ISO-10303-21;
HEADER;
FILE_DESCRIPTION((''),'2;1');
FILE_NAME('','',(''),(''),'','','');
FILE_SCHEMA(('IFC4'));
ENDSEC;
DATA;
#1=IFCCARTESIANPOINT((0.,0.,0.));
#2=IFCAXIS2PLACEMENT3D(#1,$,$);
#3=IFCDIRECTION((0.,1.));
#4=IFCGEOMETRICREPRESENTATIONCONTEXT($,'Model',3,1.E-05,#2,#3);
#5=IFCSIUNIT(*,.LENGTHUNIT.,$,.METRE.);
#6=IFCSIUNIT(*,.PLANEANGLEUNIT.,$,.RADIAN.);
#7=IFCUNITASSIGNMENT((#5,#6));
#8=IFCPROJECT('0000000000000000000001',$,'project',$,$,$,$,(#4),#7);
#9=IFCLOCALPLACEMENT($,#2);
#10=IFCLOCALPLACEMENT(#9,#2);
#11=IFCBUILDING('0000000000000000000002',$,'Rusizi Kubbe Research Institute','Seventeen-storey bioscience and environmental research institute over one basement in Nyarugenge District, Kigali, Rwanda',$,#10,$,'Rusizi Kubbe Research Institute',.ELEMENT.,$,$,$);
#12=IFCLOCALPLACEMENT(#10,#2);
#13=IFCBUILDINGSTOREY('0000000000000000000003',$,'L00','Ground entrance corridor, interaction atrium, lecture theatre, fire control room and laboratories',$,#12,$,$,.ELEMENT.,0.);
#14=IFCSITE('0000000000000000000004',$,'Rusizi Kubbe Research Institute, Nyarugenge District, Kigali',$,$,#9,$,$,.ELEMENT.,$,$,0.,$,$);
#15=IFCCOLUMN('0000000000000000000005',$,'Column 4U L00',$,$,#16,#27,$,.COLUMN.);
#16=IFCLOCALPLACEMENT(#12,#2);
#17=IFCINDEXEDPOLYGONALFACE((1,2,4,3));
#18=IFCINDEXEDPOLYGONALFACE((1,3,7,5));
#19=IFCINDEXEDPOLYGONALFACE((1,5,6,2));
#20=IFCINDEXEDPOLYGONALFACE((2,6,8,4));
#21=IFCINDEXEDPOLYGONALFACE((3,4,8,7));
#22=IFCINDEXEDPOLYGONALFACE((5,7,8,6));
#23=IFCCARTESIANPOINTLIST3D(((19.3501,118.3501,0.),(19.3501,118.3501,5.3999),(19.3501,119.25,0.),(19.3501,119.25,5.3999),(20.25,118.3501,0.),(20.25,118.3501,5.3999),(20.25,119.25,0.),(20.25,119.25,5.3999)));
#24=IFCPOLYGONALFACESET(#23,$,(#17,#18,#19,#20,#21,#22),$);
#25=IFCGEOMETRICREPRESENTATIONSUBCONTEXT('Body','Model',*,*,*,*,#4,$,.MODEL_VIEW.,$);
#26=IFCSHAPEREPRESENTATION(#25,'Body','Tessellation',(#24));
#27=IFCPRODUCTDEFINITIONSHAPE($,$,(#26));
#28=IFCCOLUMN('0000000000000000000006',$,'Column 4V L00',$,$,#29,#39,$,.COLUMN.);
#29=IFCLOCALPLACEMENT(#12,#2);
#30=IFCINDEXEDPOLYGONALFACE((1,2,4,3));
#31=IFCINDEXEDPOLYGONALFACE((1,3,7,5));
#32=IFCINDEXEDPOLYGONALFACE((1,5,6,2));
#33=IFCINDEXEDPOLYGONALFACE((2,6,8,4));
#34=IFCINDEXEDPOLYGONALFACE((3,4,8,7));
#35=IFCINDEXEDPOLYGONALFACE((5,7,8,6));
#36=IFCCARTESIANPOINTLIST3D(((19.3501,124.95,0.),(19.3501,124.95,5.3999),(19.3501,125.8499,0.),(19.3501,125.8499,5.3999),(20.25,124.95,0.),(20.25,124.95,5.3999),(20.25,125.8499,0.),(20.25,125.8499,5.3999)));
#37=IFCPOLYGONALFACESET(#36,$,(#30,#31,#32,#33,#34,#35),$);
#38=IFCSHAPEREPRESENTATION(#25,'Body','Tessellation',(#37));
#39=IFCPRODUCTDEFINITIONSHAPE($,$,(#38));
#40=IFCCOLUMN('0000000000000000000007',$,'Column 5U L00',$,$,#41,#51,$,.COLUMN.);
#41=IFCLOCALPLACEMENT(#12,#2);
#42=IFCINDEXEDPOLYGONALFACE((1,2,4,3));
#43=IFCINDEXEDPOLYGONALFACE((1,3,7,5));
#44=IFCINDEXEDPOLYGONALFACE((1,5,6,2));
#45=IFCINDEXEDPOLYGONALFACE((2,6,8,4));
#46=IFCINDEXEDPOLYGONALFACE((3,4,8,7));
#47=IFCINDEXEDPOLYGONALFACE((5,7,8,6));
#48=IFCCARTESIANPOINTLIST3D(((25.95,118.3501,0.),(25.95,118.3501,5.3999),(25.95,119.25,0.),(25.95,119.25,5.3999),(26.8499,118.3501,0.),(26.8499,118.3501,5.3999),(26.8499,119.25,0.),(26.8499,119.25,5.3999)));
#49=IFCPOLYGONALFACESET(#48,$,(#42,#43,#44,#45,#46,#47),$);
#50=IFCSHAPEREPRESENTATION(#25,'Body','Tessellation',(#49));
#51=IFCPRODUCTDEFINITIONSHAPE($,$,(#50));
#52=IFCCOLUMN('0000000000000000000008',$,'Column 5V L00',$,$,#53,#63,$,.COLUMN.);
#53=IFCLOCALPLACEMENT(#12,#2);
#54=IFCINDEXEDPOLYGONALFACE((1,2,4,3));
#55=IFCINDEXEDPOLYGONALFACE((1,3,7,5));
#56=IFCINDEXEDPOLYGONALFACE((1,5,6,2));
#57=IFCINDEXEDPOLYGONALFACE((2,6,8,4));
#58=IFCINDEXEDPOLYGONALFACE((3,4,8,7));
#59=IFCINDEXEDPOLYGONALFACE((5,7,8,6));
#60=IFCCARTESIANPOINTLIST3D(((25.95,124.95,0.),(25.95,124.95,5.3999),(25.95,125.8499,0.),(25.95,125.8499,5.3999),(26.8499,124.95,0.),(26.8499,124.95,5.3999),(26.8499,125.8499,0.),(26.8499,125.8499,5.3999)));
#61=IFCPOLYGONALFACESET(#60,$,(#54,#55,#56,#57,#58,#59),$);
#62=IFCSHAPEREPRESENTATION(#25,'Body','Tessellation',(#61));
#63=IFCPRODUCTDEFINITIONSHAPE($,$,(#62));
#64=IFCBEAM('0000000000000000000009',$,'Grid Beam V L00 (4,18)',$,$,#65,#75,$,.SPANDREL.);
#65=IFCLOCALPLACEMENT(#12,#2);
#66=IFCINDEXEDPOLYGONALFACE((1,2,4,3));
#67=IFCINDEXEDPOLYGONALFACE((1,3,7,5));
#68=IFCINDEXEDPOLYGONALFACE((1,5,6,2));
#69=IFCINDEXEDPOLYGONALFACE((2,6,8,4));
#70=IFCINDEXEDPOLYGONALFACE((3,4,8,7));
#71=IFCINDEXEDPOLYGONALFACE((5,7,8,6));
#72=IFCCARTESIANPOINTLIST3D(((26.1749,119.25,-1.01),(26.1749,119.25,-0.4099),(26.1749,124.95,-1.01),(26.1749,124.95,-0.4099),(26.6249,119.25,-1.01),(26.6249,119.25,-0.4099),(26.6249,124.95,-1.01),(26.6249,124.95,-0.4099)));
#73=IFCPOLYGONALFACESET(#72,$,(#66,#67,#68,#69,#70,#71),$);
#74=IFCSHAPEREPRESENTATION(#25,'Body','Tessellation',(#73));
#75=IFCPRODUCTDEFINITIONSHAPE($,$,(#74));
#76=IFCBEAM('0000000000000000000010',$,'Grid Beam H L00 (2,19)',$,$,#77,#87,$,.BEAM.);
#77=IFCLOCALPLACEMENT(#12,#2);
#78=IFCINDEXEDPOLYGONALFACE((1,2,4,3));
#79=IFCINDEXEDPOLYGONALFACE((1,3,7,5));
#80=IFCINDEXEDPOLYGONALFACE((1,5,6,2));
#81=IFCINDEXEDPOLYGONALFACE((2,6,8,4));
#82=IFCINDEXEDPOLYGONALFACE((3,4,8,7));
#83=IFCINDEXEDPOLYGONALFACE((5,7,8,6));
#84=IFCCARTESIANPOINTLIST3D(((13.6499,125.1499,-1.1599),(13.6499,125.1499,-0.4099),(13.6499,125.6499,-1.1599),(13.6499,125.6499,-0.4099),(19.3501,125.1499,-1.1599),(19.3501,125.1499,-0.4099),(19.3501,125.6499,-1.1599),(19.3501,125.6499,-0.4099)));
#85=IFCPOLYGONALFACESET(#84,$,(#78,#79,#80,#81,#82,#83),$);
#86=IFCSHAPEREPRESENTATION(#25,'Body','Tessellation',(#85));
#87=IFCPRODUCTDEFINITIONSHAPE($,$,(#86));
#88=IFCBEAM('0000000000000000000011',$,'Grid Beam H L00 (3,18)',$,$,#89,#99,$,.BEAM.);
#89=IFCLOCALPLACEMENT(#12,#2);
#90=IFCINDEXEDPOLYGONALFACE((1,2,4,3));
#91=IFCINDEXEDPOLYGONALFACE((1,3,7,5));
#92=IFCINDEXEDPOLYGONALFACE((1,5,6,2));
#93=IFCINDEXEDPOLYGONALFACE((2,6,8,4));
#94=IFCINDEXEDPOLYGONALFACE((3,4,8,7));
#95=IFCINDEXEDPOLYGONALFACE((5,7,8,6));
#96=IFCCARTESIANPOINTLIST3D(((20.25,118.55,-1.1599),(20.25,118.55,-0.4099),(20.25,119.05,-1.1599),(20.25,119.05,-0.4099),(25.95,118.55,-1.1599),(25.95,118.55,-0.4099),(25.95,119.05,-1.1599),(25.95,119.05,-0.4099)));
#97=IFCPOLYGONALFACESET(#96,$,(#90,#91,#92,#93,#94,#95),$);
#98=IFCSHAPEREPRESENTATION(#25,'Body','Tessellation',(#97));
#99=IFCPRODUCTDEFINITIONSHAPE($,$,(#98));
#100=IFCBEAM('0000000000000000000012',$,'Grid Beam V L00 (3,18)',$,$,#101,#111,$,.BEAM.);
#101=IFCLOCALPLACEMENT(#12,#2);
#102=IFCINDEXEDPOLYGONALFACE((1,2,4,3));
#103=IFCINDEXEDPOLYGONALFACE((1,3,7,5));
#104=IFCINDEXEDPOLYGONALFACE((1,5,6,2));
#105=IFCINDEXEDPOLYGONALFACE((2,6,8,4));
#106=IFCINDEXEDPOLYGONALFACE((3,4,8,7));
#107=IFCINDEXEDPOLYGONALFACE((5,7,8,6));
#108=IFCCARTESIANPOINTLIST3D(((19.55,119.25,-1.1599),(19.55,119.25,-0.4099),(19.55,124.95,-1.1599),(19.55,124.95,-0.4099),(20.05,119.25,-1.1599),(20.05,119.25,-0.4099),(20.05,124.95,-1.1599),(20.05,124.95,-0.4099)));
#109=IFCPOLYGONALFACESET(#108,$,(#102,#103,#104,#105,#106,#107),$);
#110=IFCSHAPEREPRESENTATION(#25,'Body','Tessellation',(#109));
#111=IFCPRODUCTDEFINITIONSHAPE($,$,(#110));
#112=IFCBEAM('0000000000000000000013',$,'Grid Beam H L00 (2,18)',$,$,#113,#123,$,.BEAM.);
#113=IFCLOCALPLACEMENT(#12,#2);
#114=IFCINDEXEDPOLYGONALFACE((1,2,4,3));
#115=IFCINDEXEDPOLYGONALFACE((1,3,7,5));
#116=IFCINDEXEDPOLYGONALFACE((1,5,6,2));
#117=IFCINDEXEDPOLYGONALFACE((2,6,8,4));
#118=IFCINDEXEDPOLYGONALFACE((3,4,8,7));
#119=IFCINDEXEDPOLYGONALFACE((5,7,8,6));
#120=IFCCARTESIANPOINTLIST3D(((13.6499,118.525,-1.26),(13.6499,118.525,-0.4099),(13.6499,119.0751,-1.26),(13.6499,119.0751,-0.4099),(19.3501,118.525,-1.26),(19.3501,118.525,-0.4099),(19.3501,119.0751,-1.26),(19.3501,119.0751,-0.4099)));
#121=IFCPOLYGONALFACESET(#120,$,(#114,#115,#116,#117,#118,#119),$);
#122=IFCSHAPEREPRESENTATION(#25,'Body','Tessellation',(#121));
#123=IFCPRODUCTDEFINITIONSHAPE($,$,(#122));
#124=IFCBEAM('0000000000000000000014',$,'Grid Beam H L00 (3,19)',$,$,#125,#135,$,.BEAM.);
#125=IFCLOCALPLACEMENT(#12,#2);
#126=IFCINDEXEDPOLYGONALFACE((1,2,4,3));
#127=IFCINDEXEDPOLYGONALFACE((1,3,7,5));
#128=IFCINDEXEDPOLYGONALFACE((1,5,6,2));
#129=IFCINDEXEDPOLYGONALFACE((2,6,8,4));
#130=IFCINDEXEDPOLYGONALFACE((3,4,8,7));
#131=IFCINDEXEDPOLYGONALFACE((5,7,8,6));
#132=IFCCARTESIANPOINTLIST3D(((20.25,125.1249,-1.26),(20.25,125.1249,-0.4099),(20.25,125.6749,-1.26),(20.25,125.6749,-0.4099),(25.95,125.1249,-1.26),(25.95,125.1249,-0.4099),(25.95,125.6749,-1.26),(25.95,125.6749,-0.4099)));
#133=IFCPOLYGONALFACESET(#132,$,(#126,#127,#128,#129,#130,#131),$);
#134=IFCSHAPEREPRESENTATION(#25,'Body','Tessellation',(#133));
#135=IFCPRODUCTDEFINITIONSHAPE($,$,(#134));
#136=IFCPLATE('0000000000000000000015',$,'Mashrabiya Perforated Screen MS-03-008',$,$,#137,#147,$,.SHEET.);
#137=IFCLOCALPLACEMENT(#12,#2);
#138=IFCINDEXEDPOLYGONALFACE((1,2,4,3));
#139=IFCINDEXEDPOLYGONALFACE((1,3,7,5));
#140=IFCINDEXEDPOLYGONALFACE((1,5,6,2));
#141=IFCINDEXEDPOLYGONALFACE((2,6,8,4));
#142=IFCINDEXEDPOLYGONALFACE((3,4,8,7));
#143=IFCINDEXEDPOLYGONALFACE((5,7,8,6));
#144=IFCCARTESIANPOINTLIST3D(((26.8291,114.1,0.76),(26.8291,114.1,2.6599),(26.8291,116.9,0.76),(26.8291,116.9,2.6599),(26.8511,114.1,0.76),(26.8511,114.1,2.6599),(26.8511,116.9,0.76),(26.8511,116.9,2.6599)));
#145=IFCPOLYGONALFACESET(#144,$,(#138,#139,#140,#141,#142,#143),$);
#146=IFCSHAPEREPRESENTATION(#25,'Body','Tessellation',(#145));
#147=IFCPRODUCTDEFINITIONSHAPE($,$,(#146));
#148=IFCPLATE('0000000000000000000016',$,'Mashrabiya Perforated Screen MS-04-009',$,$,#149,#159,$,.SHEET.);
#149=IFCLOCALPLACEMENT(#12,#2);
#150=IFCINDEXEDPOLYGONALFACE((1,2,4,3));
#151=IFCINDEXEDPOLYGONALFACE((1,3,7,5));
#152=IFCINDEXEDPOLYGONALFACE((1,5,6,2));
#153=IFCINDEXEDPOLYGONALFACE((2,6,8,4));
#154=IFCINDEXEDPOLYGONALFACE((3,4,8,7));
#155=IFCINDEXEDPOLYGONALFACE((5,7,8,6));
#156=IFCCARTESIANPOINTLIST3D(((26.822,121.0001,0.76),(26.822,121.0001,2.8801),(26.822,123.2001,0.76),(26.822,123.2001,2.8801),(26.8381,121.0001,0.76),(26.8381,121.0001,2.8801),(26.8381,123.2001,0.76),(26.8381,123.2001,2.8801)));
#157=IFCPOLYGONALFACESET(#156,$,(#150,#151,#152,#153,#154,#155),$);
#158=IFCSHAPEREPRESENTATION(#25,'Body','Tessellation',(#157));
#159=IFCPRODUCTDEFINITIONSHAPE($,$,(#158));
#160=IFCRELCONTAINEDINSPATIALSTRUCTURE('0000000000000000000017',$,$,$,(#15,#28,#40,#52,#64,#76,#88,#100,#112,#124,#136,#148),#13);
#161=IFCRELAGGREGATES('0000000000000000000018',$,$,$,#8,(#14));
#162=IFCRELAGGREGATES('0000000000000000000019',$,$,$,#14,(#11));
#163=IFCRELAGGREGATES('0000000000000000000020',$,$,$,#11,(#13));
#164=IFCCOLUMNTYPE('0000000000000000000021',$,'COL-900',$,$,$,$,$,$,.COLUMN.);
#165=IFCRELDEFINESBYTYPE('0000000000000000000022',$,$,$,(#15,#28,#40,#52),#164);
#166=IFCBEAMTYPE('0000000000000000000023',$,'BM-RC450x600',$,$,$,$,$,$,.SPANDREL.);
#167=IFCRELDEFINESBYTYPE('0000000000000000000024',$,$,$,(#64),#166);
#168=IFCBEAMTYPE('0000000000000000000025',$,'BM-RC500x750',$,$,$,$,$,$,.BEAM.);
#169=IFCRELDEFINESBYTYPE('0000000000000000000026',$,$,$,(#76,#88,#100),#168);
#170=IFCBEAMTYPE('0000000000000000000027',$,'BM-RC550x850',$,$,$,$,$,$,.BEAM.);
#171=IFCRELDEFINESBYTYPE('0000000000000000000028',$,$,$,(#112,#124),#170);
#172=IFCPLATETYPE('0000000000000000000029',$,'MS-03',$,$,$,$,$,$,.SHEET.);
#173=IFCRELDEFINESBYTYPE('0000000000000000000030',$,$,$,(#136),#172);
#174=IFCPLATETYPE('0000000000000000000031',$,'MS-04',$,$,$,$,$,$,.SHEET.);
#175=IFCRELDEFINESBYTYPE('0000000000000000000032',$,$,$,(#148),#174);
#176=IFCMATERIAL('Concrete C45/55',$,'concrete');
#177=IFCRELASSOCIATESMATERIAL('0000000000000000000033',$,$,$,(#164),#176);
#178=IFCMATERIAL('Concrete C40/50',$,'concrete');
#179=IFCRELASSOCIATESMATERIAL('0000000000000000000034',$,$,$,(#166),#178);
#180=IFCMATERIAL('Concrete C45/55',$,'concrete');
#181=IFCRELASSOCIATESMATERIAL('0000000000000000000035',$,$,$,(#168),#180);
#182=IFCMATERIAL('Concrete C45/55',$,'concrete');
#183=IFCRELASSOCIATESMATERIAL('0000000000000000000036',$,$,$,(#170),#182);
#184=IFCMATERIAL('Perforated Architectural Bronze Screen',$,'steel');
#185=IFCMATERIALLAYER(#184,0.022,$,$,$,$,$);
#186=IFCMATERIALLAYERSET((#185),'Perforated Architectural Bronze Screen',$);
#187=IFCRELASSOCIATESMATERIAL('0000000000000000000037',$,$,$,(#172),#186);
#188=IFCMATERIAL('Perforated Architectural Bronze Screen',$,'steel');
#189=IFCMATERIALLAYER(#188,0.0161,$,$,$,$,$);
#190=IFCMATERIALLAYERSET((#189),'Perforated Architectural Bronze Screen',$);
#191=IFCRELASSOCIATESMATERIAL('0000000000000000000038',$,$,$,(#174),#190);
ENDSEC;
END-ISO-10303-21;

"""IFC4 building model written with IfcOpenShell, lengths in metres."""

from ifc_helpers import new_model, si_unit, direction, frame, origin, origin_2d, place, context, subcontext, project, spatial, rectangle, extrude, material, layer, layer_set, material_profile, profile_set, type_object, element, save


model = new_model("IFC4")

# Units and contexts
model_context = context("Model", 3, precision=1e-05, world=origin(), true_north=direction((0.0, 1.0)))
body_context = subcontext(model_context, "Body", "Model", "MODEL_VIEW")
ifc_project = project(units=[si_unit("LENGTHUNIT", "METRE"), si_unit("PLANEANGLEUNIT", "RADIAN")], contexts=[model_context])

# Site, building, storey
site_placement = place(None, origin())
site = spatial("IfcSite", under=ifc_project, at=site_placement, Name="Rusizi Kubbe Research Institute, Nyarugenge District, Kigali", CompositionType="ELEMENT", RefElevation=0.0)
building_placement = place(site_placement, origin())
building = spatial("IfcBuilding", under=site, at=building_placement, Name="Rusizi Kubbe Research Institute", Description="Seventeen-storey bioscience and environmental research institute over one basement in Nyarugenge District, Kigali, Rwanda", LongName="Rusizi Kubbe Research Institute", CompositionType="ELEMENT")
storey_placement = place(building_placement, origin())
storey = spatial("IfcBuildingStorey", under=building, at=storey_placement, Name="L00", Description="Ground entrance corridor, interaction atrium, lecture theatre, fire control room and laboratories", CompositionType="ELEMENT", Elevation=0.0)

# Columns
ifc_material_1 = material(Name="Concrete C45/55", Category="concrete")
ifc_material_profile_1 = material_profile(ifc_material_1, rectangle(XDim=0.8999, YDim=0.8999, at=origin_2d()), Name="RC900x900")
ifc_profile_set_1 = profile_set([ifc_material_profile_1], Name="Concrete C45/55")
column_type = type_object("IfcColumnType", Name="COL-900", PredefinedType="COLUMN", material=ifc_profile_set_1)
for number, where, z_axis, x_axis, name in (
    (1, (19.8, 118.8, 0.0), (0.0, 0.0, 1.0), (1.0, 0.0, 0.0), "Column 4U L00"),
    (2, (19.8, 125.3999, 0.0), (0.0, 0.0, 1.0), (1.0, 0.0, 0.0), "Column 4V L00"),
    (3, (26.3999, 118.8, 0.0), (0.0, 0.0, 1.0), (1.0, 0.0, 0.0), "Column 5U L00"),
    (4, (26.3999, 125.3999, 0.0), (0.0, 0.0, 1.0), (1.0, 0.0, 0.0), "Column 5V L00"),
):
    element("IfcColumn", number, at=place(storey_placement, frame(where, z_axis=z_axis, x_axis=x_axis)), inside=storey, type_object=column_type, Name=name, PredefinedType="COLUMN", context=body_context, shape_type="SweptSolid", body=[
        extrude(rectangle(XDim=0.8999, YDim=0.8999, at=origin_2d()), origin(), (0.0, 0.0, 1.0), 5.3999),
    ])

# Beams
ifc_material_2 = material(Name="Concrete C40/50", Category="concrete")
ifc_material_profile_2 = material_profile(ifc_material_2, rectangle(XDim=0.45, YDim=0.6001, at=origin_2d()), Name="RC450x600")
ifc_profile_set_2 = profile_set([ifc_material_profile_2], Name="Concrete C40/50")
beam_type_1 = type_object("IfcBeamType", Name="BM-RC450x600", PredefinedType="SPANDREL", material=ifc_profile_set_2)
beam_1_placement = place(storey_placement, frame((26.3999, 119.25, -0.71), z_axis=(0.0, 1.0, 0.0), x_axis=(-1.0, 0.0, 0.0)))
element("IfcBeam", 5, at=beam_1_placement, inside=storey, type_object=beam_type_1, Name="Grid Beam V L00 (4,18)", PredefinedType="SPANDREL", context=body_context, shape_type="SweptSolid", body=[
    extrude(rectangle(XDim=0.45, YDim=0.6001, at=origin_2d()), origin(), (0.0, 0.0, 1.0), 5.7),
])
ifc_material_3 = material(Name="Concrete C45/55", Category="concrete")
ifc_material_profile_3 = material_profile(ifc_material_3, rectangle(XDim=0.5, YDim=0.75, at=origin_2d()), Name="RC500x750B")
ifc_profile_set_3 = profile_set([ifc_material_profile_3], Name="Concrete C45/55")
beam_type_2 = type_object("IfcBeamType", Name="BM-RC500x750", PredefinedType="BEAM", material=ifc_profile_set_3)
beam_2_placement = place(storey_placement, frame((13.6499, 125.3999, -0.7849), z_axis=(1.0, 0.0, 0.0), x_axis=(0.0, 1.0, 0.0)))
element("IfcBeam", 6, at=beam_2_placement, inside=storey, type_object=beam_type_2, Name="Grid Beam H L00 (2,19)", PredefinedType="BEAM", context=body_context, shape_type="SweptSolid", body=[
    extrude(rectangle(XDim=0.5, YDim=0.75, at=origin_2d()), origin(), (0.0, 0.0, 1.0), 5.7002),
])
for number, where, z_axis, x_axis, name in (
    (7, (20.25, 118.8, -0.7849), (1.0, 0.0, 0.0), (0.0, 1.0, 0.0), "Grid Beam H L00 (3,18)"),
    (8, (19.8, 119.25, -0.7849), (0.0, 1.0, 0.0), (-1.0, 0.0, 0.0), "Grid Beam V L00 (3,18)"),
):
    element("IfcBeam", number, at=place(storey_placement, frame(where, z_axis=z_axis, x_axis=x_axis)), inside=storey, type_object=beam_type_2, Name=name, PredefinedType="BEAM", context=body_context, shape_type="SweptSolid", body=[
        extrude(rectangle(XDim=0.5, YDim=0.75, at=origin_2d()), origin(), (0.0, 0.0, 1.0), 5.7),
    ])
ifc_material_4 = material(Name="Concrete C45/55", Category="concrete")
ifc_material_profile_4 = material_profile(ifc_material_4, rectangle(XDim=0.55, YDim=0.8501, at=origin_2d()), Name="RC550x850")
ifc_profile_set_4 = profile_set([ifc_material_profile_4], Name="Concrete C45/55")
beam_type_3 = type_object("IfcBeamType", Name="BM-RC550x850", PredefinedType="BEAM", material=ifc_profile_set_4)
beam_3_placement = place(storey_placement, frame((13.6499, 118.8, -0.835), z_axis=(1.0, 0.0, 0.0), x_axis=(0.0, 1.0, 0.0)))
element("IfcBeam", 9, at=beam_3_placement, inside=storey, type_object=beam_type_3, Name="Grid Beam H L00 (2,18)", PredefinedType="BEAM", context=body_context, shape_type="SweptSolid", body=[
    extrude(rectangle(XDim=0.55, YDim=0.8501, at=origin_2d()), origin(), (0.0, 0.0, 1.0), 5.7002),
])
beam_4_placement = place(storey_placement, frame((20.25, 125.3999, -0.835), z_axis=(1.0, 0.0, 0.0), x_axis=(0.0, 1.0, 0.0)))
element("IfcBeam", 10, at=beam_4_placement, inside=storey, type_object=beam_type_3, Name="Grid Beam H L00 (3,19)", PredefinedType="BEAM", context=body_context, shape_type="SweptSolid", body=[
    extrude(rectangle(XDim=0.55, YDim=0.8501, at=origin_2d()), origin(), (0.0, 0.0, 1.0), 5.7),
])

# Plates
ifc_material_5 = material(Name="Perforated Architectural Bronze Screen", Category="steel")
ifc_layer_1 = layer(ifc_material_5, 0.022)
ifc_layer_set_1 = layer_set([ifc_layer_1], Name="Perforated Architectural Bronze Screen")
plate_type_1 = type_object("IfcPlateType", Name="MS-03", PredefinedType="SHEET", material=ifc_layer_set_1)
plate_1_placement = place(storey_placement, frame((26.8401, 115.5, 0.76), z_axis=(0.0, 0.0, 1.0), x_axis=(0.0, 1.0, 0.0)))
element("IfcPlate", 11, at=plate_1_placement, inside=storey, type_object=plate_type_1, Name="Mashrabiya Perforated Screen MS-03-008", PredefinedType="SHEET", context=body_context, shape_type="SweptSolid", body=[
    extrude(rectangle(XDim=2.8, YDim=0.022, at=origin_2d()), origin(), (0.0, 0.0, 1.0), 1.8999),
])
ifc_material_6 = material(Name="Perforated Architectural Bronze Screen", Category="steel")
ifc_layer_2 = layer(ifc_material_6, 0.0161)
ifc_layer_set_2 = layer_set([ifc_layer_2], Name="Perforated Architectural Bronze Screen")
plate_type_2 = type_object("IfcPlateType", Name="MS-04", PredefinedType="SHEET", material=ifc_layer_set_2)
plate_2_placement = place(storey_placement, frame((26.8301, 122.1001, 0.76), z_axis=(0.0, 0.0, 1.0), x_axis=(0.0, 1.0, 0.0)))
element("IfcPlate", 12, at=plate_2_placement, inside=storey, type_object=plate_type_2, Name="Mashrabiya Perforated Screen MS-04-009", PredefinedType="SHEET", context=body_context, shape_type="SweptSolid", body=[
    extrude(rectangle(XDim=2.2, YDim=0.0161, at=origin_2d()), origin(), (0.0, 0.0, 1.0), 2.1201),
])

save(model, "model.ifc")
